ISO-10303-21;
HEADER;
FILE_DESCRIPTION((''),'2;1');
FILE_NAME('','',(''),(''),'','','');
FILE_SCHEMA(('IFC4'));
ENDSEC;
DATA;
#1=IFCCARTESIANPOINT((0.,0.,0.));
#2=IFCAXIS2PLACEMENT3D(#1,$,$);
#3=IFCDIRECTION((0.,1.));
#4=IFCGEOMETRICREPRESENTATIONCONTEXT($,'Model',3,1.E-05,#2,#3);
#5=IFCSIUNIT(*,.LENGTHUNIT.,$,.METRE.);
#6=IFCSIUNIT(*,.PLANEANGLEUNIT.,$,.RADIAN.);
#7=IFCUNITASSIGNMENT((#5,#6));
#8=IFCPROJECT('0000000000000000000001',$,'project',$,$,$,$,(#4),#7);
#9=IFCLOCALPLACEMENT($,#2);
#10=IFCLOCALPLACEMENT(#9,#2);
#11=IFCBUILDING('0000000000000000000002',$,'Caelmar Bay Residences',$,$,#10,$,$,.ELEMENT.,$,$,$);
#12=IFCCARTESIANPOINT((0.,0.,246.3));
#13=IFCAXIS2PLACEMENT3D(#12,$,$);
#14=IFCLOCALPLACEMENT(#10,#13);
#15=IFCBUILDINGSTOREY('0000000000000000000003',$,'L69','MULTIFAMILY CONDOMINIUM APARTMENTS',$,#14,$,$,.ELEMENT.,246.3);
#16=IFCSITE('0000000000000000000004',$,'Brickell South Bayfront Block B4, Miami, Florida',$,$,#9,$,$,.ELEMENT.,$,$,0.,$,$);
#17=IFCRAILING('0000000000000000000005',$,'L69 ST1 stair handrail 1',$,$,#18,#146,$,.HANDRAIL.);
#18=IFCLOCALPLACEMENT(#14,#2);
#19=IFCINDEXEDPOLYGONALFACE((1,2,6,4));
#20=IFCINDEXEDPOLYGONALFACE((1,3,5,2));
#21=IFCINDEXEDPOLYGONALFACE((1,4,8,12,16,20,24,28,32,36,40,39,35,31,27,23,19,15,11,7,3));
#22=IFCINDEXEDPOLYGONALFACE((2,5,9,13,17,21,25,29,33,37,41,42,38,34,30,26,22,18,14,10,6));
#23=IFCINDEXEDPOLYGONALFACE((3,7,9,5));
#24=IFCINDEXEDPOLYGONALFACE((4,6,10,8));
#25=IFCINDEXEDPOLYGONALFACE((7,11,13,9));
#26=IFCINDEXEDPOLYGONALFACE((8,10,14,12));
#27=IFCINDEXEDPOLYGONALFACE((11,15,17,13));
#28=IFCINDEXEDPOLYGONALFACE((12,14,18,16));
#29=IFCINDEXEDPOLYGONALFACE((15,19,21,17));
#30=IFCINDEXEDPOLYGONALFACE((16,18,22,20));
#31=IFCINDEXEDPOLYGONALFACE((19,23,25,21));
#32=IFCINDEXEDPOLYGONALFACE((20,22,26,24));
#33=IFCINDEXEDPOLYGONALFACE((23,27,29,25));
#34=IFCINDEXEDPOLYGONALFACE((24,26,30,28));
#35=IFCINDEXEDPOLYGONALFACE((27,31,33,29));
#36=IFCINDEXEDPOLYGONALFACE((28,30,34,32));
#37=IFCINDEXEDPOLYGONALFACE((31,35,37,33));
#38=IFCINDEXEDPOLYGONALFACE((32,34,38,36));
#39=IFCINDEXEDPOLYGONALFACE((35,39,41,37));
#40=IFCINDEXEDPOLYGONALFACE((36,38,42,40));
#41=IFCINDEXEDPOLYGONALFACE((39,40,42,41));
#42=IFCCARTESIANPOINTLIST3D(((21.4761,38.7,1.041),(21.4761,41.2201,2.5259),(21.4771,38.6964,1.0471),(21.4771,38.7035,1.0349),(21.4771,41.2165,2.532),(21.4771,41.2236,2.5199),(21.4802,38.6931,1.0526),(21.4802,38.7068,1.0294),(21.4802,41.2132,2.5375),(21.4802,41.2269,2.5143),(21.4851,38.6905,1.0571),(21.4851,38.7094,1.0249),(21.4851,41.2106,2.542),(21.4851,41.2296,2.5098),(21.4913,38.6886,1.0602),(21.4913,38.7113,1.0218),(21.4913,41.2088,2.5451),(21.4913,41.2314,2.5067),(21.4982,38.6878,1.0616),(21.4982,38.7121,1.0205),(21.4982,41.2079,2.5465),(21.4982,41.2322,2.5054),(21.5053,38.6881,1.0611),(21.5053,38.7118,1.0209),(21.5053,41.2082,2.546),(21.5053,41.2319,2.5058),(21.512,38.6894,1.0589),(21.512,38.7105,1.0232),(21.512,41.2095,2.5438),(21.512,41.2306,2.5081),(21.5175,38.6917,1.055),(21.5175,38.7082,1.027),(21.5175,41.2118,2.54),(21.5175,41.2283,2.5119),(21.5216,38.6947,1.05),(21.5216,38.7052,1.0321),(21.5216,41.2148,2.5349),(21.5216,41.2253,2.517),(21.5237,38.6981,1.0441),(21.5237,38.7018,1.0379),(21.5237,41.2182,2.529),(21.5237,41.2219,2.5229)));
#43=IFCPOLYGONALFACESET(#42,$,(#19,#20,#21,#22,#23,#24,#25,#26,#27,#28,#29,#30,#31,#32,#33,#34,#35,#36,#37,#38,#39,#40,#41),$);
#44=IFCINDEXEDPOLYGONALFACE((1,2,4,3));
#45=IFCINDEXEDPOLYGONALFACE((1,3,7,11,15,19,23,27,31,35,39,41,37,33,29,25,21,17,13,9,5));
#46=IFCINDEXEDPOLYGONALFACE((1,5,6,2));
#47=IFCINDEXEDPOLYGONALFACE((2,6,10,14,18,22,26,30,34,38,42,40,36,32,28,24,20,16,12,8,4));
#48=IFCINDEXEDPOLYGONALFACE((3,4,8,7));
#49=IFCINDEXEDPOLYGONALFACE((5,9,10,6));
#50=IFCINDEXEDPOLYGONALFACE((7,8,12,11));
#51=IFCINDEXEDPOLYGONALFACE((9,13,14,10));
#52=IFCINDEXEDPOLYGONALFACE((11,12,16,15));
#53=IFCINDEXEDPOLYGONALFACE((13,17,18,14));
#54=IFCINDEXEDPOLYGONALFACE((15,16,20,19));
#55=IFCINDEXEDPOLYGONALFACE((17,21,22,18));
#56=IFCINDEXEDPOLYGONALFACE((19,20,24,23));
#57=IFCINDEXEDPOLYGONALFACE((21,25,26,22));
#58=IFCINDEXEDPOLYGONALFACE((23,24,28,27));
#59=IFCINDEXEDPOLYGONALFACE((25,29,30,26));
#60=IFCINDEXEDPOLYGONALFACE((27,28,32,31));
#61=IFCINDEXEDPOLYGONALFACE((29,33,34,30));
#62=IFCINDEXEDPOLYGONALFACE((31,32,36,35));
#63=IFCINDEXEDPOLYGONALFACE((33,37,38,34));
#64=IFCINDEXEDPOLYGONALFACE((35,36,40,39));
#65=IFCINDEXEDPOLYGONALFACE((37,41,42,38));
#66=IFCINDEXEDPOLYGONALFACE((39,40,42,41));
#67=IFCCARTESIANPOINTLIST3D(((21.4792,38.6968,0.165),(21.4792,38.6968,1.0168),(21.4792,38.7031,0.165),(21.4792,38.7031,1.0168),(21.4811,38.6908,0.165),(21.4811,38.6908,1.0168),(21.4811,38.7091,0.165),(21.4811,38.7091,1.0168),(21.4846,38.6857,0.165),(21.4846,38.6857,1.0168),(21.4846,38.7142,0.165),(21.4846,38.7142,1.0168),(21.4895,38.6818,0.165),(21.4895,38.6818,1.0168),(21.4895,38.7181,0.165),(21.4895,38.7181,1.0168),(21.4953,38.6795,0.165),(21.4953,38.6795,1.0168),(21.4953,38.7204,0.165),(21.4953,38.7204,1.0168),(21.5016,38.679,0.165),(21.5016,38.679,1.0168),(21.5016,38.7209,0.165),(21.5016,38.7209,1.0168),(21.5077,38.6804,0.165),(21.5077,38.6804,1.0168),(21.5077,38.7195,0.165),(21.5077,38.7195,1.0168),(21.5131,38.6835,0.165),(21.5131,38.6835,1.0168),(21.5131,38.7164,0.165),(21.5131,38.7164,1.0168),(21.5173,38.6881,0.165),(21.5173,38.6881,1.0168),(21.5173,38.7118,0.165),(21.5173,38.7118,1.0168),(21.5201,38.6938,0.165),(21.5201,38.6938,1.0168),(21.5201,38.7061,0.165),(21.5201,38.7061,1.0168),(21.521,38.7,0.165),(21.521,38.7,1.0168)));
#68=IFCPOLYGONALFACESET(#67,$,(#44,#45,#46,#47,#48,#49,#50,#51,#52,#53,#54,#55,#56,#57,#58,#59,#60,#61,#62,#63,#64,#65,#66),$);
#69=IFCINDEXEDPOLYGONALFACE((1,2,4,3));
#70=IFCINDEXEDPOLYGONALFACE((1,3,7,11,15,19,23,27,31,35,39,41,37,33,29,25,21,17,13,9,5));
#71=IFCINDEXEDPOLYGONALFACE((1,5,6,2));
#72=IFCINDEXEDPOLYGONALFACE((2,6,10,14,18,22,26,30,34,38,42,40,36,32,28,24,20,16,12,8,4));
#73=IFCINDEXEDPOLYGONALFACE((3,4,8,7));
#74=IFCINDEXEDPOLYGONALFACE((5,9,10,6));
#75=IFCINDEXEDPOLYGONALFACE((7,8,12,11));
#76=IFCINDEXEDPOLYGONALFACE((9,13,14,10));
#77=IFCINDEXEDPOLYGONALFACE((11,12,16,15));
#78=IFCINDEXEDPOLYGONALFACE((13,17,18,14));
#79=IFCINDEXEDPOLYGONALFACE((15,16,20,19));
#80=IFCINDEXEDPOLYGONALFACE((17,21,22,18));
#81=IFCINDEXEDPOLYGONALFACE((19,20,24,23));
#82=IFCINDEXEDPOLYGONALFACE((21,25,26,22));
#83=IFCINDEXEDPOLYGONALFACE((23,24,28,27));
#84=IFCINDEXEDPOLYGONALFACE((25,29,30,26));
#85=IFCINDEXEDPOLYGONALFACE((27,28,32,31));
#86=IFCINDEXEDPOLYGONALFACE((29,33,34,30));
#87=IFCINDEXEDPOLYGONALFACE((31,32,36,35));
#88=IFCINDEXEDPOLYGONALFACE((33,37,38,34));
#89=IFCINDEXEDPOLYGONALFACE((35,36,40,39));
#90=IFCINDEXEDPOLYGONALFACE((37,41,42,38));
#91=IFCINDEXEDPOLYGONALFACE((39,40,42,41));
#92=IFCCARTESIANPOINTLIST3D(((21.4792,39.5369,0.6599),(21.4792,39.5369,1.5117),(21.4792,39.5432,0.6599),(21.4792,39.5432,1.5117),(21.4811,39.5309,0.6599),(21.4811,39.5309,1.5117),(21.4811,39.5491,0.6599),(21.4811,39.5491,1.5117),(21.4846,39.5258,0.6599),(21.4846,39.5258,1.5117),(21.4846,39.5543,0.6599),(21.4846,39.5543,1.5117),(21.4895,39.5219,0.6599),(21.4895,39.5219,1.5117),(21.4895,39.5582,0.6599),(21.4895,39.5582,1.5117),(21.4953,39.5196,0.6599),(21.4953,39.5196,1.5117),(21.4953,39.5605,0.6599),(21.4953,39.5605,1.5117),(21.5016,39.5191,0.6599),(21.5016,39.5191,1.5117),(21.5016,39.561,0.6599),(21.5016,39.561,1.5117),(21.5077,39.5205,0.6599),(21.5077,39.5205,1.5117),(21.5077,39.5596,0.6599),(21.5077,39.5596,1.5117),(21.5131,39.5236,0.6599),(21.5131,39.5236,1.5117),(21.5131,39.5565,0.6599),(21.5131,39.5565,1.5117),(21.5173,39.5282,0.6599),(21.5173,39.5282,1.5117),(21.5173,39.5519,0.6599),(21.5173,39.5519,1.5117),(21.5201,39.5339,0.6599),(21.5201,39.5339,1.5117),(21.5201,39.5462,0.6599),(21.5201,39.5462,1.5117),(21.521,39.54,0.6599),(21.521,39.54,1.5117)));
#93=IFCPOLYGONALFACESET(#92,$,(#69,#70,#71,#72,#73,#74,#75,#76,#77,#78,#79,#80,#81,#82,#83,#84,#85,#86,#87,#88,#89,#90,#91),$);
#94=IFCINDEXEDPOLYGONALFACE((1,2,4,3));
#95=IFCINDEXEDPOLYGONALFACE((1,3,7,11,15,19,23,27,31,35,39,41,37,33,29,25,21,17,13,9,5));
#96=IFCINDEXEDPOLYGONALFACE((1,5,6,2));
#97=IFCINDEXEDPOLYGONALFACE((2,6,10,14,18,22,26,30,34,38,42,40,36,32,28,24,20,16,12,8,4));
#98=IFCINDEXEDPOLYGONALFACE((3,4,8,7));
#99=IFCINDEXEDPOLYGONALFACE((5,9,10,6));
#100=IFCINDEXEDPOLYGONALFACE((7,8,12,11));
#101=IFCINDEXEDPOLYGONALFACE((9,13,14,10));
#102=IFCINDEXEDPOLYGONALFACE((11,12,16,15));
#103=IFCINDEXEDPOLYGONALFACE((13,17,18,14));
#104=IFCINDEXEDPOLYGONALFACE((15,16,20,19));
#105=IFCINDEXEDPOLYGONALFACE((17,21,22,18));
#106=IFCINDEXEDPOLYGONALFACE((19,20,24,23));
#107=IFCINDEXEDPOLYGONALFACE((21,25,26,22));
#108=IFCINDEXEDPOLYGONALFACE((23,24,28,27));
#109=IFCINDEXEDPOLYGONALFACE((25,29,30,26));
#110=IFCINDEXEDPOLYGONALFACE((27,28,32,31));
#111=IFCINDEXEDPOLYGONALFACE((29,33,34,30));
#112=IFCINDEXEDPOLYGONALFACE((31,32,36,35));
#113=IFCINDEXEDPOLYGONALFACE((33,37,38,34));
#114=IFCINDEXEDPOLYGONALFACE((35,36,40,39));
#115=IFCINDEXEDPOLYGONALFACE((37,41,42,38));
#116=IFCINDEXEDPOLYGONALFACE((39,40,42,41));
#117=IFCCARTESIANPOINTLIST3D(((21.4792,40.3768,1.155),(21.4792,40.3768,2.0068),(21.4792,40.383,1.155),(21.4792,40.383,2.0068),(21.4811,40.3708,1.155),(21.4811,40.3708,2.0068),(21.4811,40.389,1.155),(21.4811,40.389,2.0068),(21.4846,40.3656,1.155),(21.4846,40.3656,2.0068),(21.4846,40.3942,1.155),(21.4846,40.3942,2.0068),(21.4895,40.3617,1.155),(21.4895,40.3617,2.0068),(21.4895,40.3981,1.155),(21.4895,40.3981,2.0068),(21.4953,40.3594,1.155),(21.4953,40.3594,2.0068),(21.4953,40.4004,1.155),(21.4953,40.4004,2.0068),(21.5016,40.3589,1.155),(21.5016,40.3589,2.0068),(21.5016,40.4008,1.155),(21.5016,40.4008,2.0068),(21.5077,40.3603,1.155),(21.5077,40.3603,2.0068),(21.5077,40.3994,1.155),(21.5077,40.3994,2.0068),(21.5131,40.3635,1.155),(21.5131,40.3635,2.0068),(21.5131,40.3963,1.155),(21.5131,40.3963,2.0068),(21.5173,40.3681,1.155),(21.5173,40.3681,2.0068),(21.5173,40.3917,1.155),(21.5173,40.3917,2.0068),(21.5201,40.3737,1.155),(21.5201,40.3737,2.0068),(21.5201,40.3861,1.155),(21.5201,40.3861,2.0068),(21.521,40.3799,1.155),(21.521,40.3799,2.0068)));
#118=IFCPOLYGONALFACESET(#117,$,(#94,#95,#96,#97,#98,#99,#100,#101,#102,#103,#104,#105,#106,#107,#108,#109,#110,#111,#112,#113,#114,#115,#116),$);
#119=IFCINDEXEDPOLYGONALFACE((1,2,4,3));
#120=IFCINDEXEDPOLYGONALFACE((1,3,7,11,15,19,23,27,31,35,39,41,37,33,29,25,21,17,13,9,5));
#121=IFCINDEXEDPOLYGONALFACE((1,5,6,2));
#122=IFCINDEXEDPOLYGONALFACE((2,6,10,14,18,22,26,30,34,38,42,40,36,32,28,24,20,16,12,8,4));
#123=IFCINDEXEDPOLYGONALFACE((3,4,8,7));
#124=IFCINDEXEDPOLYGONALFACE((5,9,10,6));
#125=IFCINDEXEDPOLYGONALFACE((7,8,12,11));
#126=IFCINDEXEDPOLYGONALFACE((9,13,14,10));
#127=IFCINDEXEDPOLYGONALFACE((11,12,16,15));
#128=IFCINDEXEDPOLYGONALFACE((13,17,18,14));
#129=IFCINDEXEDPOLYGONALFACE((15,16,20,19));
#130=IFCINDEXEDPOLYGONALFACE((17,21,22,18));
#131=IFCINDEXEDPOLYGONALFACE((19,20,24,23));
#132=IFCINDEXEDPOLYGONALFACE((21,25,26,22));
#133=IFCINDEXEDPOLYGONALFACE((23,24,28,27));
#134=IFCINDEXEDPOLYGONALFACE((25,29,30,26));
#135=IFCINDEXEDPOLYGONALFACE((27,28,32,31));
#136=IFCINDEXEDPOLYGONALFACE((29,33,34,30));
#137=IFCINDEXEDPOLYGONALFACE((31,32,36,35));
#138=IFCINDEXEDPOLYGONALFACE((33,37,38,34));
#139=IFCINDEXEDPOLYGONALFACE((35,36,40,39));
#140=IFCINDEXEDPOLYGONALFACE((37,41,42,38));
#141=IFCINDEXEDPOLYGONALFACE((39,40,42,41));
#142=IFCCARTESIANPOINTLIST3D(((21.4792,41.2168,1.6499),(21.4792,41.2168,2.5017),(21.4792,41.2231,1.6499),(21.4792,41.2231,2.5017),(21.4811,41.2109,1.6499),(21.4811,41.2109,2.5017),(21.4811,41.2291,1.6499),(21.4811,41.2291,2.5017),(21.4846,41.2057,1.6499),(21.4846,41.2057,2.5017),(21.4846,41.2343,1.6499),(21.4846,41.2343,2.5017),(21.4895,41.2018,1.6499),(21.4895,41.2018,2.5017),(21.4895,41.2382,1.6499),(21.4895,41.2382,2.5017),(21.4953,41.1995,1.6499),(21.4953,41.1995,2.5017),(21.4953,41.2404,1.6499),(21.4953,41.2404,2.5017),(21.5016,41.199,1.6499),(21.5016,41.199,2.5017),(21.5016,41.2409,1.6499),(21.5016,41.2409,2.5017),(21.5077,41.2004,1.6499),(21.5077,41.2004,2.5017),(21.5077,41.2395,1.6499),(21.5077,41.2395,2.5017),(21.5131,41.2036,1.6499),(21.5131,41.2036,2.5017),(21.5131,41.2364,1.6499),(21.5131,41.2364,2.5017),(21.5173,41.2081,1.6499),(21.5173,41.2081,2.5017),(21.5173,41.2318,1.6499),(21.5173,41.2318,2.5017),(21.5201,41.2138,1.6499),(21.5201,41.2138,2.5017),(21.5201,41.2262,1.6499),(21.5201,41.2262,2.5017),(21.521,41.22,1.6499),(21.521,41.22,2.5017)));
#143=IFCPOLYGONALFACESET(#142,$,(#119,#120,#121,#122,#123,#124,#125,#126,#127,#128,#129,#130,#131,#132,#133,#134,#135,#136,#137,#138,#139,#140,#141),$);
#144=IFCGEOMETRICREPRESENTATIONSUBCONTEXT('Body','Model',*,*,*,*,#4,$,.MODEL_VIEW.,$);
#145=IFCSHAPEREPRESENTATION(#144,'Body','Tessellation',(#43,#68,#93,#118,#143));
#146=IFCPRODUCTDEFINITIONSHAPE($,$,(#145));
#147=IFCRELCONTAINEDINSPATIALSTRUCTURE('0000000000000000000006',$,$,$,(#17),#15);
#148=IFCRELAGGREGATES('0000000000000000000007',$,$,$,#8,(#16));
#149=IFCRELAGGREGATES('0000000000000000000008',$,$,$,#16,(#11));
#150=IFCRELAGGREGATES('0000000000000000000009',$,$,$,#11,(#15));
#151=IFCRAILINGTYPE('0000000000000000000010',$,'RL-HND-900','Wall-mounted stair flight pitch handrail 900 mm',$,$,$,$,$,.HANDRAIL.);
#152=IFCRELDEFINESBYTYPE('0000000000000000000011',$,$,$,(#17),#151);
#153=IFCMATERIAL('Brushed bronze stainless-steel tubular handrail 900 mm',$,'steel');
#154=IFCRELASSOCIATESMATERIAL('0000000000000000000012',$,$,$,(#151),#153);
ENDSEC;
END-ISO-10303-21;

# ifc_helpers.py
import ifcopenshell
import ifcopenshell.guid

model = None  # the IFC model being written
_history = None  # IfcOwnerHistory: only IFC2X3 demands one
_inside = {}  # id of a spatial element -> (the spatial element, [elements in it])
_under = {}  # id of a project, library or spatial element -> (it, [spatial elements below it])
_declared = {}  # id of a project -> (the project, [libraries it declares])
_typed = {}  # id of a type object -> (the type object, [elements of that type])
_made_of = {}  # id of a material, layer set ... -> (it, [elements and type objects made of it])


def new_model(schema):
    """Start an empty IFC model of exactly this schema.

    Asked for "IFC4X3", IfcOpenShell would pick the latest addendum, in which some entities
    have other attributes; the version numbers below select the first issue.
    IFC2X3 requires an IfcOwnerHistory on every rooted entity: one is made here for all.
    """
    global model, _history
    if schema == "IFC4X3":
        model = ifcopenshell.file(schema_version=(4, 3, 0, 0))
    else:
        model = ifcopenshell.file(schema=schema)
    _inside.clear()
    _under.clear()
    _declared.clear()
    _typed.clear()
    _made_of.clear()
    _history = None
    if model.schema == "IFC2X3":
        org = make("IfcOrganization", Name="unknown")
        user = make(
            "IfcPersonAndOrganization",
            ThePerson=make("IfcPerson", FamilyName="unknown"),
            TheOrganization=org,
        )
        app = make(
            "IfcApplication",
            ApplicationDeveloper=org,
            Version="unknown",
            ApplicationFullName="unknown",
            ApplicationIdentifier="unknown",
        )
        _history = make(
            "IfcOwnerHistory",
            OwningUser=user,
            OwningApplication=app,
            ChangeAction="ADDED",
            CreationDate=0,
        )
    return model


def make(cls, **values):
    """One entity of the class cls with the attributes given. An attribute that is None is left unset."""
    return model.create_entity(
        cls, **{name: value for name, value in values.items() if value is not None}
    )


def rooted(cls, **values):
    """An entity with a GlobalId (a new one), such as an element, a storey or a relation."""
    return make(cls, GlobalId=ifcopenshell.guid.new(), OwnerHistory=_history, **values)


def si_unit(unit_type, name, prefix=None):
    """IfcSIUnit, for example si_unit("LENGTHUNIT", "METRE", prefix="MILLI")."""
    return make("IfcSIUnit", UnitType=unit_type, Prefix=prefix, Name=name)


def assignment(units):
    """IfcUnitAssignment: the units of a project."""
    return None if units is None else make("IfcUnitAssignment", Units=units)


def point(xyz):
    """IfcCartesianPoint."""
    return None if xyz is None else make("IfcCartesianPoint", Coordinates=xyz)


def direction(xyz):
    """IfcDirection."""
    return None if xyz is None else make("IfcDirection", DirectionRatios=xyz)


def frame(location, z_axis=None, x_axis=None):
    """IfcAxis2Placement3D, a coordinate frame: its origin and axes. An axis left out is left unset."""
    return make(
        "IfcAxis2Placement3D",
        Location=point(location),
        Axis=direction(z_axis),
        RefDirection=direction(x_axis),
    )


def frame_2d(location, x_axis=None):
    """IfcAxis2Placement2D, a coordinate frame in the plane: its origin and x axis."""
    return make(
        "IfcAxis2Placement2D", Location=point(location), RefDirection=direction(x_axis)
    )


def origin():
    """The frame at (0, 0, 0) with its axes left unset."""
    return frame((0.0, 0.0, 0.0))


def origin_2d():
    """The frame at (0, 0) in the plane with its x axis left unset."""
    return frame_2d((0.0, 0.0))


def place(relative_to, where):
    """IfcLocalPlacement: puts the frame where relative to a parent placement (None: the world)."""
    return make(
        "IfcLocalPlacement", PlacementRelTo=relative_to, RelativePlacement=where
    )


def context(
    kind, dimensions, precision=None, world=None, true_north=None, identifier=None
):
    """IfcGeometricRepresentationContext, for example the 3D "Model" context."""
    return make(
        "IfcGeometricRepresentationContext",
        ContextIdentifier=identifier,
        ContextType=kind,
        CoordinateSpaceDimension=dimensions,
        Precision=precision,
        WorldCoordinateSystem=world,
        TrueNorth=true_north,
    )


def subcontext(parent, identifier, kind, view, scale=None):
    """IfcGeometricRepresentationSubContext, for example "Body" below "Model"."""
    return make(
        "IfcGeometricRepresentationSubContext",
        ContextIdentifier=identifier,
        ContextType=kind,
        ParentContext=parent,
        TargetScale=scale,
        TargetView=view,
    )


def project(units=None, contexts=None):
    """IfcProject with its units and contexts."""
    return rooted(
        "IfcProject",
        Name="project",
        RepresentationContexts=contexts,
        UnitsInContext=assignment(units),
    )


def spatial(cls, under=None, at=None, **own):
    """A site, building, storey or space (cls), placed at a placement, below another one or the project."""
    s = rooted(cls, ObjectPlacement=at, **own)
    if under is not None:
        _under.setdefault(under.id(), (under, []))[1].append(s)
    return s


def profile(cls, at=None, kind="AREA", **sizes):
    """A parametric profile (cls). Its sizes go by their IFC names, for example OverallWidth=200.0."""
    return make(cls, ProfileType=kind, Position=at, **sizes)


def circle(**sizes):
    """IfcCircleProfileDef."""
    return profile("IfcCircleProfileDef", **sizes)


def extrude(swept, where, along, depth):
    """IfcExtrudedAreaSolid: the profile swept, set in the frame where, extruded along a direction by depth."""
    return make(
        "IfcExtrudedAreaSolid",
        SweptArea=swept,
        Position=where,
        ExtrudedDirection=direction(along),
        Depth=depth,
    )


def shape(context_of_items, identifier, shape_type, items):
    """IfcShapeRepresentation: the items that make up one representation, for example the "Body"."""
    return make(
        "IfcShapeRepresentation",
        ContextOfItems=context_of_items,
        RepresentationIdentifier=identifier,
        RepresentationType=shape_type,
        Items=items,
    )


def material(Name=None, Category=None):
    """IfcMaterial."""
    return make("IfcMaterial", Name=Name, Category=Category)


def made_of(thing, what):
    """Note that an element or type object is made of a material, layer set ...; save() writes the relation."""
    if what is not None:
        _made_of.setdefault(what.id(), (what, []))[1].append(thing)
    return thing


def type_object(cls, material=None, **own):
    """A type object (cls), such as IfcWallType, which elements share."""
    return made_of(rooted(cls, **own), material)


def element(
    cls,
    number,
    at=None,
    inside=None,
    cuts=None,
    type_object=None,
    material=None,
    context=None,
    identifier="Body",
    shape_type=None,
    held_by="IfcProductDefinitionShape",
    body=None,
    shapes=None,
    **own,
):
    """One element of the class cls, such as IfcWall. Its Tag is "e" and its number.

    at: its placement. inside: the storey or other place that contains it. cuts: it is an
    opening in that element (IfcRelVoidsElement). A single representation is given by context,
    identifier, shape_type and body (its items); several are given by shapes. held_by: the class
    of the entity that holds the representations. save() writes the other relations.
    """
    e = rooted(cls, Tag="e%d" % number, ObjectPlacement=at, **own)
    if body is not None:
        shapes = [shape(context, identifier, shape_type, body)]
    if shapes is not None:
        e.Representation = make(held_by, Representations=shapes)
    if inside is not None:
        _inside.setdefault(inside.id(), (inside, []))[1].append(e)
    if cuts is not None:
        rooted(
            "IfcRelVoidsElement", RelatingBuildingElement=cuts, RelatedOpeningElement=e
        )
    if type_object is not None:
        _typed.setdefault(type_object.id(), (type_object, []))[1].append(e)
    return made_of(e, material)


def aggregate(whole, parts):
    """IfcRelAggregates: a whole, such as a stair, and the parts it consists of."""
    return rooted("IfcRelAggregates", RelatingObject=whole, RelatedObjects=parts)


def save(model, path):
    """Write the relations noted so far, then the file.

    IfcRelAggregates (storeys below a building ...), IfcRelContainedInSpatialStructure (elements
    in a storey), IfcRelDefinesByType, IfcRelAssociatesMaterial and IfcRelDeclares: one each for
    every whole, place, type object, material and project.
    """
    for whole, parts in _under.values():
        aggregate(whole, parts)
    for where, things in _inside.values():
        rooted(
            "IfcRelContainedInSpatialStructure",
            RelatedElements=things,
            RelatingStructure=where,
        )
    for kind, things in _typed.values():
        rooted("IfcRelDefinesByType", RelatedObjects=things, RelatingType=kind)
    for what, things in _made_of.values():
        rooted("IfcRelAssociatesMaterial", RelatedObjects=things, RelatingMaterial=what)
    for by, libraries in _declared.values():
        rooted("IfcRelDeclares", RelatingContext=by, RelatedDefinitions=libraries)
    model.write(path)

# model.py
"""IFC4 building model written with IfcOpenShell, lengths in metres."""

from ifc_helpers import new_model, si_unit, direction, frame, origin, origin_2d, place, context, subcontext, project, spatial, circle, extrude, material, type_object, element, save


model = new_model("IFC4")

# Units and contexts
model_context = context("Model", 3, precision=1e-05, world=origin(), true_north=direction((0.0, 1.0)))
body_context = subcontext(model_context, "Body", "Model", "MODEL_VIEW")
ifc_project = project(units=[si_unit("LENGTHUNIT", "METRE"), si_unit("PLANEANGLEUNIT", "RADIAN")], contexts=[model_context])

# Site, building, storey
site_placement = place(None, origin())
site = spatial("IfcSite", under=ifc_project, at=site_placement, Name="Brickell South Bayfront Block B4, Miami, Florida", CompositionType="ELEMENT", RefElevation=0.0)
building_placement = place(site_placement, origin())
building = spatial("IfcBuilding", under=site, at=building_placement, Name="Caelmar Bay Residences", CompositionType="ELEMENT")
storey_placement = place(building_placement, frame((0.0, 0.0, 246.3)))
storey = spatial("IfcBuildingStorey", under=building, at=storey_placement, Name="L69", Description="MULTIFAMILY CONDOMINIUM APARTMENTS", CompositionType="ELEMENT", Elevation=246.3)

# Railing
ifc_material_1 = material(Name="Brushed bronze stainless-steel tubular handrail 900 mm", Category="steel")
railing_type_1 = type_object("IfcRailingType", Name="RL-HND-900", Description="Wall-mounted stair flight pitch handrail 900 mm", PredefinedType="HANDRAIL", material=ifc_material_1)
railing_1_placement = place(storey_placement, frame((21.5, 38.7, 0.165)))
element("IfcRailing", 1, at=railing_1_placement, inside=storey, type_object=railing_type_1, Name="L69 ST1 stair handrail 1", PredefinedType="HANDRAIL", context=body_context, shape_type="SweptSolid", body=[
    extrude(circle(Radius=0.0239, at=origin_2d()), frame((0.0, 0.0, 0.876), z_axis=(0.0, 0.861561, 0.507655), x_axis=(-1.0, 0.0, 0.0)), (0.0, 0.0, 1.0), 2.925),
    extrude(circle(Radius=0.021, at=origin_2d()), origin(), (0.0, 0.0, 1.0), 0.8518),
    extrude(circle(Radius=0.021, at=origin_2d()), frame((0.0, 0.8401, 0.4949)), (0.0, 0.0, 1.0), 0.8518),
    extrude(circle(Radius=0.021, at=origin_2d()), frame((0.0, 1.6799, 0.99)), (0.0, 0.0, 1.0), 0.8518),
    extrude(circle(Radius=0.021, at=origin_2d()), frame((0.0, 2.52, 1.4849)), (0.0, 0.0, 1.0), 0.8518),
])

save(model, "model.ifc")
